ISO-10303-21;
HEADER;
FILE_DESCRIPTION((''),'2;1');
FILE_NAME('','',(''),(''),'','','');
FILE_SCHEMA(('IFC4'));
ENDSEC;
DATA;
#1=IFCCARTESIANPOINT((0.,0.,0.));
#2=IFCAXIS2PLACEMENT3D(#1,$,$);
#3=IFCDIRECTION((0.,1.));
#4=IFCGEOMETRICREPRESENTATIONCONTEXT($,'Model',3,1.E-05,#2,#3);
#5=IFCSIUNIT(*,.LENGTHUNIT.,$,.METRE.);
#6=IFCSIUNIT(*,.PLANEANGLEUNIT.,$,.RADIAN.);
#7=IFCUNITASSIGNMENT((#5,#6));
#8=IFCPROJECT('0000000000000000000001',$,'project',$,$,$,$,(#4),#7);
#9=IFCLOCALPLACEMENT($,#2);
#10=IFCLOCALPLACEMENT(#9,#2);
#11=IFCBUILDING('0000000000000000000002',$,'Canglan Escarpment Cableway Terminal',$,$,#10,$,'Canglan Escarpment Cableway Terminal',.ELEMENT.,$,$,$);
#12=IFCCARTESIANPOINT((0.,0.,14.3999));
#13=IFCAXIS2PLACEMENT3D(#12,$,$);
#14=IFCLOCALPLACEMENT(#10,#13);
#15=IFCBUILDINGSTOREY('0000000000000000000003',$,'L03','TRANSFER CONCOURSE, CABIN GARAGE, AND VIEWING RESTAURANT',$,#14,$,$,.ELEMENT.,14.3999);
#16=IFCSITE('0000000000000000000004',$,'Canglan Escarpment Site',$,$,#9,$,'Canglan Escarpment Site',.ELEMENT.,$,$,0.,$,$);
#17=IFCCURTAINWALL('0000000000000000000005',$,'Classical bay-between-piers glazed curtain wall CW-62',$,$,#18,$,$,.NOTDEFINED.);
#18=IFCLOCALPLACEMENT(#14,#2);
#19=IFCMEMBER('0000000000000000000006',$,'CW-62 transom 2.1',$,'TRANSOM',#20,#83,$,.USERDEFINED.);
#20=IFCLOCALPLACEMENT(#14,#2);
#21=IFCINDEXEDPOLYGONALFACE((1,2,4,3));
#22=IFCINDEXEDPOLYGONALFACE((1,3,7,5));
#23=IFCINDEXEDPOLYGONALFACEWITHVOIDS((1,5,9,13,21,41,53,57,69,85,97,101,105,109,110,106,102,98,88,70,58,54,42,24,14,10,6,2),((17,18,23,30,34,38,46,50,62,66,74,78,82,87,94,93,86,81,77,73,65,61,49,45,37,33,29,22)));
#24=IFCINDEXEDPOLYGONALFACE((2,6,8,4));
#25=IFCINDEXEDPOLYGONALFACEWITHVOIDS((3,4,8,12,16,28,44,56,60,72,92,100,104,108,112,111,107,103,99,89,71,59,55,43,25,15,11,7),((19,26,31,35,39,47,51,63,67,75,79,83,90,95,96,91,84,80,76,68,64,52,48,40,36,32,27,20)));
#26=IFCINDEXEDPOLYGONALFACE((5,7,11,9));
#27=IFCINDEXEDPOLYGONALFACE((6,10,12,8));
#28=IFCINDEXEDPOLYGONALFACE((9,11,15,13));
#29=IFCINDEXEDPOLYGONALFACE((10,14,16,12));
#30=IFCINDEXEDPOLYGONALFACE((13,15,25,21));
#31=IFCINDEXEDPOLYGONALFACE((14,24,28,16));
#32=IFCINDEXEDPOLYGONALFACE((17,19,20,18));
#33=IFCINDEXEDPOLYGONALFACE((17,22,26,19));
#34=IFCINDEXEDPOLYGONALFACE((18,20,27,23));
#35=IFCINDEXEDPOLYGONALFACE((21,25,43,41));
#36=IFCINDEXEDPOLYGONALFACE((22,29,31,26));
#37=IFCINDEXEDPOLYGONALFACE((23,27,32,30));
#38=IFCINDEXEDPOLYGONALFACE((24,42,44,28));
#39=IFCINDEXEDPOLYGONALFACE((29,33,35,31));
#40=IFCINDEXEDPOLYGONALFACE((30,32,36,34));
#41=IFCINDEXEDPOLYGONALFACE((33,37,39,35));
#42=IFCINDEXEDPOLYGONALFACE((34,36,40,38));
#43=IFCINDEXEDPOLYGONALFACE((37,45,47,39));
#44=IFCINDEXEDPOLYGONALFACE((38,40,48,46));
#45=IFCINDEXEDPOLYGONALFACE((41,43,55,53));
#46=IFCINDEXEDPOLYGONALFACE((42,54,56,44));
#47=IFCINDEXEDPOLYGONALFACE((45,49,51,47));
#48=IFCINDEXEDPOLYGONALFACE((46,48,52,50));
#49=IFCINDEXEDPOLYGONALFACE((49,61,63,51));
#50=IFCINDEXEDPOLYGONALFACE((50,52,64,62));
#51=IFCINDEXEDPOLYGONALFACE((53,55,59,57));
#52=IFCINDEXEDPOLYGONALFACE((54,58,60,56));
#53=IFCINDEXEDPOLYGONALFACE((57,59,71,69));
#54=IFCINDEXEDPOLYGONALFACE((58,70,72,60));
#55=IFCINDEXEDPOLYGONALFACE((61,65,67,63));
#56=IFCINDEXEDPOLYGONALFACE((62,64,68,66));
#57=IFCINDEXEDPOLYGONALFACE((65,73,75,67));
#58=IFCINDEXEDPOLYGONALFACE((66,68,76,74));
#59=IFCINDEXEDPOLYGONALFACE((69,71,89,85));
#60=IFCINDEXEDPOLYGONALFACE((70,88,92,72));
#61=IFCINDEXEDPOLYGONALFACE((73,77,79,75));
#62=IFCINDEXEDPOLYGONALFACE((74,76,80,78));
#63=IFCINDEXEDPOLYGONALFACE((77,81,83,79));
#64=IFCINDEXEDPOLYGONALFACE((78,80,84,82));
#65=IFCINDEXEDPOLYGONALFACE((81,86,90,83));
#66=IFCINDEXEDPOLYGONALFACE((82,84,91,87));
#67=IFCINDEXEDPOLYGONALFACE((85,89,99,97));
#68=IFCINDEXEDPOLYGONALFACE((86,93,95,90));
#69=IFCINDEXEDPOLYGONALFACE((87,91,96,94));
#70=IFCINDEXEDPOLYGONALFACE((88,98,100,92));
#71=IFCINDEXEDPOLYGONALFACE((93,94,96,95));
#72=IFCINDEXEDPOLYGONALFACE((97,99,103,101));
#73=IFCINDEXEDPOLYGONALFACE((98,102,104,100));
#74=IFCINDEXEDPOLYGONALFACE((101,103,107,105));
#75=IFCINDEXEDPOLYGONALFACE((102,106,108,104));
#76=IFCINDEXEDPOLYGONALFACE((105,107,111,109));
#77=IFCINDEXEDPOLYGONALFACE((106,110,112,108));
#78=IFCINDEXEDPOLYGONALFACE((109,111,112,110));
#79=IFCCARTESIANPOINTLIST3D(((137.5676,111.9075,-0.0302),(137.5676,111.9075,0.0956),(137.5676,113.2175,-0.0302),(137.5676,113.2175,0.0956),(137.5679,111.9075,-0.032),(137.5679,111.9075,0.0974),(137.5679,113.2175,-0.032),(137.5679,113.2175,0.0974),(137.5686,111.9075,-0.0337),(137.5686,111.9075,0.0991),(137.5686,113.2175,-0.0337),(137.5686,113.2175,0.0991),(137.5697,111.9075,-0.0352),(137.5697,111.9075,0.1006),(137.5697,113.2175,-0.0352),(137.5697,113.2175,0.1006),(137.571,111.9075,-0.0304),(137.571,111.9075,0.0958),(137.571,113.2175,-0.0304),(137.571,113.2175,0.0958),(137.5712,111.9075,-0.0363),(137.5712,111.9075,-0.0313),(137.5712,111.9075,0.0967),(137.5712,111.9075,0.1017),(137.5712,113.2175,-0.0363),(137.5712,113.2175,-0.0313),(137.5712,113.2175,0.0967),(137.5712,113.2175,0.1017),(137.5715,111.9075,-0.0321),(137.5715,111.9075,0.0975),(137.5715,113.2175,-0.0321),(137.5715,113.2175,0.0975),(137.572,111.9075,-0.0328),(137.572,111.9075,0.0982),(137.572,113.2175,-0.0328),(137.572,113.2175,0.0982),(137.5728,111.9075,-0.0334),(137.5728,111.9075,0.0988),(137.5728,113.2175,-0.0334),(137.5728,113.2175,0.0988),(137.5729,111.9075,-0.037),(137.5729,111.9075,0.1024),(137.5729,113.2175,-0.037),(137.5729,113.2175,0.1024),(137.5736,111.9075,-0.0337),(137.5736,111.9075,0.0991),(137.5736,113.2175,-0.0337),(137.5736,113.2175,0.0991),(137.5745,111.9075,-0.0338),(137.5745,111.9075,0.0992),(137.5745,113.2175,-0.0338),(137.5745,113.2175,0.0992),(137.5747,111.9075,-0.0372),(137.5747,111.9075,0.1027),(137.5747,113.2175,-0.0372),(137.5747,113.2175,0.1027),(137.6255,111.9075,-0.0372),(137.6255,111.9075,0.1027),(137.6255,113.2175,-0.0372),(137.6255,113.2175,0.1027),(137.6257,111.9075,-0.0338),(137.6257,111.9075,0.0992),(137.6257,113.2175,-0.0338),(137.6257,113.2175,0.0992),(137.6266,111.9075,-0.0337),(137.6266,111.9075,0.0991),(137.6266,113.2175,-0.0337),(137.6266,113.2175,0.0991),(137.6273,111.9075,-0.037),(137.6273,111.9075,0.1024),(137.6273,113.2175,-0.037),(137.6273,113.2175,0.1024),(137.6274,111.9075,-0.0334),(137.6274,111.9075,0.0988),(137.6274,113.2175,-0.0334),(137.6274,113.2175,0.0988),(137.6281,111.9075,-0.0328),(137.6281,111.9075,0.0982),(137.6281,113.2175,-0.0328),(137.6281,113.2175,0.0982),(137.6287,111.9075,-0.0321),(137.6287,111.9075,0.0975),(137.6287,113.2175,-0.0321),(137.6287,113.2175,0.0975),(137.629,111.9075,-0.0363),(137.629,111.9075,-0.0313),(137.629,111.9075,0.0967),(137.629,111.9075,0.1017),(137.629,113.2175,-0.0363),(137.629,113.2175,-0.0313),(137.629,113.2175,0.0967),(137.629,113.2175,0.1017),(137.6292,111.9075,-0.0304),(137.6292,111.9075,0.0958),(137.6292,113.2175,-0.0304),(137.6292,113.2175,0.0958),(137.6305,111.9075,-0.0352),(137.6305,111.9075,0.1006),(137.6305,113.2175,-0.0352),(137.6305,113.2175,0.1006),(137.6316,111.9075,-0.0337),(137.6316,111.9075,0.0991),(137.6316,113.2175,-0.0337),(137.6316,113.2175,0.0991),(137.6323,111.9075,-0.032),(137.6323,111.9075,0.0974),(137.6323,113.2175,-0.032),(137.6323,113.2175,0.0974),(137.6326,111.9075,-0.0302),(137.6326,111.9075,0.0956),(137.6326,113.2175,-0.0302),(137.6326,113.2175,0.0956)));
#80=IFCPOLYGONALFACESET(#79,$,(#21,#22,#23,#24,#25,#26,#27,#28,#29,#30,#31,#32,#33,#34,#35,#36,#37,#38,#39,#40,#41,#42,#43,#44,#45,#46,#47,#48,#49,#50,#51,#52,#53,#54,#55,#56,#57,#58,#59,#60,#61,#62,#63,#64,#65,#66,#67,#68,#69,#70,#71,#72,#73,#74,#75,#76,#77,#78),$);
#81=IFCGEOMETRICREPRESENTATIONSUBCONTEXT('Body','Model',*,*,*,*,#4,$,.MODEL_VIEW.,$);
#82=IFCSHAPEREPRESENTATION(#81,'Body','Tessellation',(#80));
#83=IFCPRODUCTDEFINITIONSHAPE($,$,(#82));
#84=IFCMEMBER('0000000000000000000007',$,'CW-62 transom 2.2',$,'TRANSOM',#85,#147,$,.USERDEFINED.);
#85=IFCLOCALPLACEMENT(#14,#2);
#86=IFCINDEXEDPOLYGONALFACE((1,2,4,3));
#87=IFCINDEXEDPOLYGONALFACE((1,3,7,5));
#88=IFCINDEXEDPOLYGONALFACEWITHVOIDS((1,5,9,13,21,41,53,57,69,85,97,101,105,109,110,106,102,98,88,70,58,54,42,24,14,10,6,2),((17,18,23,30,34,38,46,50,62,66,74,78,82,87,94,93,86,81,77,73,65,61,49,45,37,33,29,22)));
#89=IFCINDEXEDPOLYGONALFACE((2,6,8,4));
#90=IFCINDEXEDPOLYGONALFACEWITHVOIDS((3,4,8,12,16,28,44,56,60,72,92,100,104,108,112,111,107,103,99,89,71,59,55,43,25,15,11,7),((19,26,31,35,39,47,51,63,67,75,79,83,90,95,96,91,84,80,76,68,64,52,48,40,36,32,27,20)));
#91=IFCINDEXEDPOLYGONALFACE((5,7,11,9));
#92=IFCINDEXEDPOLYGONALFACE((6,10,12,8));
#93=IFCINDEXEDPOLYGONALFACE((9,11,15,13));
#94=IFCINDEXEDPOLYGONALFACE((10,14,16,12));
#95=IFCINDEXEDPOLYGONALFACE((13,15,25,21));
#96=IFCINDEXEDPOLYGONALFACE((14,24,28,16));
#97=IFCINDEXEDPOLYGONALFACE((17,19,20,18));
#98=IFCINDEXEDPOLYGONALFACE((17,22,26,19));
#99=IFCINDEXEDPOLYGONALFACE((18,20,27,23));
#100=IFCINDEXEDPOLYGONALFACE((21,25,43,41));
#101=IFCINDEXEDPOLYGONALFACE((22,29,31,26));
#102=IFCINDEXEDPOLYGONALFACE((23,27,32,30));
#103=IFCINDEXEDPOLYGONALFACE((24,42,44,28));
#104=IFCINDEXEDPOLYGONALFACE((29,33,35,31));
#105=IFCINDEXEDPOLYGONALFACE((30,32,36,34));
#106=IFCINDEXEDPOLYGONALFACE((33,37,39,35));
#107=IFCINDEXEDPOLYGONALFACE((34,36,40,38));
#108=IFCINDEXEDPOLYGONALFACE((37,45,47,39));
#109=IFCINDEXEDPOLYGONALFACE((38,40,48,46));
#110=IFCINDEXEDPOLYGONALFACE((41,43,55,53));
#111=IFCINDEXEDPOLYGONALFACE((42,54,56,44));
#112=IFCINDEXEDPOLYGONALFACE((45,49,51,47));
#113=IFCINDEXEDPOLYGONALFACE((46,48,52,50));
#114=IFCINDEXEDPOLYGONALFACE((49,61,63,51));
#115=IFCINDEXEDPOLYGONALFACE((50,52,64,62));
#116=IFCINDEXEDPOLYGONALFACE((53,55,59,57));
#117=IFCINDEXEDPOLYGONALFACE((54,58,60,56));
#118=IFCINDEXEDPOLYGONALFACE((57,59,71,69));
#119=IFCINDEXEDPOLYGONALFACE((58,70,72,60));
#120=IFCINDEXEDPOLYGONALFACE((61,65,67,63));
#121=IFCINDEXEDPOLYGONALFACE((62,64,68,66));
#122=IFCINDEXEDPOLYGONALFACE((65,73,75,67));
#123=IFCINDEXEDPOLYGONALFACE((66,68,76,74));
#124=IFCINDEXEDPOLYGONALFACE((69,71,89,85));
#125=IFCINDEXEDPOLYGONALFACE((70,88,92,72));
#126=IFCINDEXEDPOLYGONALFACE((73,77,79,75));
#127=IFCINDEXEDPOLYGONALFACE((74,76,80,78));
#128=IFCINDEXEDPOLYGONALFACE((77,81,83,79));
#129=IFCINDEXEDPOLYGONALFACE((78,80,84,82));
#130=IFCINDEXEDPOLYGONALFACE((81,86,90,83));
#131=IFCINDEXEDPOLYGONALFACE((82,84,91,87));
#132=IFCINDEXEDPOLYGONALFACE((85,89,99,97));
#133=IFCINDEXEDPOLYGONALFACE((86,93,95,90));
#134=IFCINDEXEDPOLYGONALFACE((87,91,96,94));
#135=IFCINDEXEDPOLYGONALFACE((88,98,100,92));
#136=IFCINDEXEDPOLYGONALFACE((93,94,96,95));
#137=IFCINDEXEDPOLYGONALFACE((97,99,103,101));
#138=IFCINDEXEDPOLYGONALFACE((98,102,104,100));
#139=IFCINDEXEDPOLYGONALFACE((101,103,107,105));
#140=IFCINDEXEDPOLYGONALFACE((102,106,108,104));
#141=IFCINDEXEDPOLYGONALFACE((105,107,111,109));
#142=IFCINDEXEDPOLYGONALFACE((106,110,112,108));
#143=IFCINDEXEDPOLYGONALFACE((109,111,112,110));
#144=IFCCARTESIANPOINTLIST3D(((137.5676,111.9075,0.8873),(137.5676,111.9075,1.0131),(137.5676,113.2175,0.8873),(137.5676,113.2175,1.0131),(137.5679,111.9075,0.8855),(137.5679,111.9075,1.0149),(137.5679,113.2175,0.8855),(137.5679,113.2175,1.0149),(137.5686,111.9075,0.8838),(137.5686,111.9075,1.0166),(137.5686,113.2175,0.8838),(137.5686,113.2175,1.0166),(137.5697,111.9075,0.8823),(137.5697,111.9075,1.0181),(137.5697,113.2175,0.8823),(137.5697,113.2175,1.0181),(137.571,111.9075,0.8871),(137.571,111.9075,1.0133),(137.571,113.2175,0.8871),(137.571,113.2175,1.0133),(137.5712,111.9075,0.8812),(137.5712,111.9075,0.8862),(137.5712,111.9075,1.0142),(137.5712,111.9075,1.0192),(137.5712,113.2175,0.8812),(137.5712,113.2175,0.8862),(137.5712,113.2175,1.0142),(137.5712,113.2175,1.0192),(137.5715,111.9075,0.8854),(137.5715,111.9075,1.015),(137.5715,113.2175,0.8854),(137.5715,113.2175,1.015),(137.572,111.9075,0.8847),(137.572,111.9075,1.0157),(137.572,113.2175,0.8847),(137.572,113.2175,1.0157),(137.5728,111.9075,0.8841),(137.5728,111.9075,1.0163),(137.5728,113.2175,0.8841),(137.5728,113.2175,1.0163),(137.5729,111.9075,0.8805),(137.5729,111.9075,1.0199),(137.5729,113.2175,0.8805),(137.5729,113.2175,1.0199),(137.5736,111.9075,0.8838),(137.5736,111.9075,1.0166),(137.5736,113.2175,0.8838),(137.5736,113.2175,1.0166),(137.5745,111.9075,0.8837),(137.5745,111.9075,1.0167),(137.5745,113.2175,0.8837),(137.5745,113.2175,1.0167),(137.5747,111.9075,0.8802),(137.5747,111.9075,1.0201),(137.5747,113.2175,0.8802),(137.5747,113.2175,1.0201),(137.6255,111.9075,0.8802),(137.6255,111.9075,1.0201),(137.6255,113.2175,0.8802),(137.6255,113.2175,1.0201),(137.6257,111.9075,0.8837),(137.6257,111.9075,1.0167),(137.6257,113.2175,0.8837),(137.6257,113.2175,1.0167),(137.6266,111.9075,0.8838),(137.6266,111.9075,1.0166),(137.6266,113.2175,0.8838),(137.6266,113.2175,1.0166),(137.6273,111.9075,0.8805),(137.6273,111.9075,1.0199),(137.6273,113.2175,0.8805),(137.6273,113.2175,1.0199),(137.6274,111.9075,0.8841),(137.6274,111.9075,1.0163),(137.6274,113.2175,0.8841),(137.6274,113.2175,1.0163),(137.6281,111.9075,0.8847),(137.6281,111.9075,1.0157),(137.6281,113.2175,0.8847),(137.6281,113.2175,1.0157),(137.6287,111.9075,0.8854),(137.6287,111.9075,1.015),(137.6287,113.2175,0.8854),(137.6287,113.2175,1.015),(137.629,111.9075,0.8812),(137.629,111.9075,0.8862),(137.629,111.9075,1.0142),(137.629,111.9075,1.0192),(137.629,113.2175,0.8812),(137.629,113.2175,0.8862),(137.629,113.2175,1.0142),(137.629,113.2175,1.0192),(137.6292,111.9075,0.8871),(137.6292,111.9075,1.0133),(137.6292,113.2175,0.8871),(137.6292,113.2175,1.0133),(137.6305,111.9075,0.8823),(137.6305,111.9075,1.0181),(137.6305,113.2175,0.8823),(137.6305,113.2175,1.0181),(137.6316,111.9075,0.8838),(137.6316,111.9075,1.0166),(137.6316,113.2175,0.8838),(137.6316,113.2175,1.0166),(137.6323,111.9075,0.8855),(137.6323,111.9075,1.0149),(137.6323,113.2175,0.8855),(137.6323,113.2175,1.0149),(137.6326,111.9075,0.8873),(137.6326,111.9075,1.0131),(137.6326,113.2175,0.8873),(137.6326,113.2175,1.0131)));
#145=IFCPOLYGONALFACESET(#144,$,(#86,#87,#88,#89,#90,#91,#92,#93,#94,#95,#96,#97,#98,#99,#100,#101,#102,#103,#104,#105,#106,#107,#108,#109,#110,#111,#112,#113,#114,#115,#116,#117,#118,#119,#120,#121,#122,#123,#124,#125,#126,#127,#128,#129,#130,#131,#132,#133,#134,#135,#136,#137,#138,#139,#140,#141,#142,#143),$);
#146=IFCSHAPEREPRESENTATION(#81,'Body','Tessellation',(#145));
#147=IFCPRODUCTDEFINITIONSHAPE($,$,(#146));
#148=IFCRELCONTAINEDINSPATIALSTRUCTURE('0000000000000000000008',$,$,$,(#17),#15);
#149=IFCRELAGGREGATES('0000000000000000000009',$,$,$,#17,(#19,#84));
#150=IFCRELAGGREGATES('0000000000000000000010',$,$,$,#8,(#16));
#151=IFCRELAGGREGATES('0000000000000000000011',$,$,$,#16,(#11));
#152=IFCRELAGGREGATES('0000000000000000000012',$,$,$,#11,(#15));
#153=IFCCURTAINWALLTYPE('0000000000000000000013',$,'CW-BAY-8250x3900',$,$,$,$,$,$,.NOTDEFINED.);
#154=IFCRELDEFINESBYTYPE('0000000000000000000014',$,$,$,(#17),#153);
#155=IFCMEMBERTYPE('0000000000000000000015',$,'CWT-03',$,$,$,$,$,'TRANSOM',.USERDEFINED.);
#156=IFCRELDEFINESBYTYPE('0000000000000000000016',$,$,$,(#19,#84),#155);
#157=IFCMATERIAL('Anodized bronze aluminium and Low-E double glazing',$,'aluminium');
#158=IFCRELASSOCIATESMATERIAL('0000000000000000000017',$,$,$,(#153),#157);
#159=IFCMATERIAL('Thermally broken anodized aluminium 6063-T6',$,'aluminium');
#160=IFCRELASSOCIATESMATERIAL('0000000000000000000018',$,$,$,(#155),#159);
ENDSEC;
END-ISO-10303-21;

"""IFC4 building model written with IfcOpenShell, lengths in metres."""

from ifc_helpers import new_model, si_unit, direction, frame, origin, origin_2d, place, context, subcontext, project, spatial, hollow_rectangle, extrude, material, material_profile, profile_set, type_object, element, aggregate, save


model = new_model("IFC4")

# Units and contexts
model_context = context("Model", 3, precision=1e-05, world=origin(), true_north=direction((0.0, 1.0)))
body_context = subcontext(model_context, "Body", "Model", "MODEL_VIEW")
ifc_project = project(units=[si_unit("LENGTHUNIT", "METRE"), si_unit("PLANEANGLEUNIT", "RADIAN")], contexts=[model_context])

# Site, building, storey
site_placement = place(None, origin())
site = spatial("IfcSite", under=ifc_project, at=site_placement, Name="Canglan Escarpment Site", LongName="Canglan Escarpment Site", CompositionType="ELEMENT", RefElevation=0.0)
building_placement = place(site_placement, origin())
building = spatial("IfcBuilding", under=site, at=building_placement, Name="Canglan Escarpment Cableway Terminal", LongName="Canglan Escarpment Cableway Terminal", CompositionType="ELEMENT")
storey_placement = place(building_placement, frame((0.0, 0.0, 14.3999)))
storey = spatial("IfcBuildingStorey", under=building, at=storey_placement, Name="L03", Description="TRANSFER CONCOURSE, CABIN GARAGE, AND VIEWING RESTAURANT", CompositionType="ELEMENT", Elevation=14.3999)

# Curtain wall
ifc_material_1 = material(Name="Anodized bronze aluminium and Low-E double glazing", Category="aluminium")
curtain_wall_type_1 = type_object("IfcCurtainWallType", Name="CW-BAY-8250x3900", PredefinedType="NOTDEFINED", material=ifc_material_1)
curtain_wall_1_placement = place(storey_placement, origin())
curtain_wall_1 = element("IfcCurtainWall", 1, at=curtain_wall_1_placement, inside=storey, type_object=curtain_wall_type_1, Name="Classical bay-between-piers glazed curtain wall CW-62", PredefinedType="NOTDEFINED")
ifc_material_2 = material(Name="Thermally broken anodized aluminium 6063-T6", Category="aluminium")

# Members
ifc_material_profile_1 = material_profile(ifc_material_2, hollow_rectangle(XDim=0.0649, YDim=0.1399, WallThickness=0.0034, InnerFilletRadius=0.0034, OuterFilletRadius=0.0071, at=origin_2d()), Name="ALU-TRAN 65x140x3.5")
ifc_profile_set_1 = profile_set([ifc_material_profile_1], Name="Thermally broken anodized aluminium 6063-T6")
member_type_1 = type_object("IfcMemberType", Name="CWT-03", ElementType="TRANSOM", PredefinedType="USERDEFINED", material=ifc_profile_set_1)
member_1_placement = place(storey_placement, frame((137.6001, 113.2175, 0.0327), z_axis=(0.0, -1.0, 0.0), x_axis=(1.0, 0.0, 0.0)))
member_1 = element("IfcMember", 2, at=member_1_placement, type_object=member_type_1, Name="CW-62 transom 2.1", ObjectType="TRANSOM", PredefinedType="USERDEFINED", context=body_context, shape_type="SweptSolid", body=[
    extrude(hollow_rectangle(XDim=0.0649, YDim=0.1399, WallThickness=0.0034, InnerFilletRadius=0.0034, OuterFilletRadius=0.0071, at=origin_2d()), origin(), (0.0, 0.0, 1.0), 1.3101),
])
member_2_placement = place(storey_placement, frame((137.6001, 113.2175, 0.9502), z_axis=(0.0, -1.0, 0.0), x_axis=(1.0, 0.0, 0.0)))
member_2 = element("IfcMember", 3, at=member_2_placement, type_object=member_type_1, Name="CW-62 transom 2.2", ObjectType="TRANSOM", PredefinedType="USERDEFINED", context=body_context, shape_type="SweptSolid", body=[
    extrude(hollow_rectangle(XDim=0.0649, YDim=0.1399, WallThickness=0.0034, InnerFilletRadius=0.0034, OuterFilletRadius=0.0071, at=origin_2d()), origin(), (0.0, 0.0, 1.0), 1.3101),
])

aggregate(curtain_wall_1, [member_1, member_2])

save(model, "model.ifc")
